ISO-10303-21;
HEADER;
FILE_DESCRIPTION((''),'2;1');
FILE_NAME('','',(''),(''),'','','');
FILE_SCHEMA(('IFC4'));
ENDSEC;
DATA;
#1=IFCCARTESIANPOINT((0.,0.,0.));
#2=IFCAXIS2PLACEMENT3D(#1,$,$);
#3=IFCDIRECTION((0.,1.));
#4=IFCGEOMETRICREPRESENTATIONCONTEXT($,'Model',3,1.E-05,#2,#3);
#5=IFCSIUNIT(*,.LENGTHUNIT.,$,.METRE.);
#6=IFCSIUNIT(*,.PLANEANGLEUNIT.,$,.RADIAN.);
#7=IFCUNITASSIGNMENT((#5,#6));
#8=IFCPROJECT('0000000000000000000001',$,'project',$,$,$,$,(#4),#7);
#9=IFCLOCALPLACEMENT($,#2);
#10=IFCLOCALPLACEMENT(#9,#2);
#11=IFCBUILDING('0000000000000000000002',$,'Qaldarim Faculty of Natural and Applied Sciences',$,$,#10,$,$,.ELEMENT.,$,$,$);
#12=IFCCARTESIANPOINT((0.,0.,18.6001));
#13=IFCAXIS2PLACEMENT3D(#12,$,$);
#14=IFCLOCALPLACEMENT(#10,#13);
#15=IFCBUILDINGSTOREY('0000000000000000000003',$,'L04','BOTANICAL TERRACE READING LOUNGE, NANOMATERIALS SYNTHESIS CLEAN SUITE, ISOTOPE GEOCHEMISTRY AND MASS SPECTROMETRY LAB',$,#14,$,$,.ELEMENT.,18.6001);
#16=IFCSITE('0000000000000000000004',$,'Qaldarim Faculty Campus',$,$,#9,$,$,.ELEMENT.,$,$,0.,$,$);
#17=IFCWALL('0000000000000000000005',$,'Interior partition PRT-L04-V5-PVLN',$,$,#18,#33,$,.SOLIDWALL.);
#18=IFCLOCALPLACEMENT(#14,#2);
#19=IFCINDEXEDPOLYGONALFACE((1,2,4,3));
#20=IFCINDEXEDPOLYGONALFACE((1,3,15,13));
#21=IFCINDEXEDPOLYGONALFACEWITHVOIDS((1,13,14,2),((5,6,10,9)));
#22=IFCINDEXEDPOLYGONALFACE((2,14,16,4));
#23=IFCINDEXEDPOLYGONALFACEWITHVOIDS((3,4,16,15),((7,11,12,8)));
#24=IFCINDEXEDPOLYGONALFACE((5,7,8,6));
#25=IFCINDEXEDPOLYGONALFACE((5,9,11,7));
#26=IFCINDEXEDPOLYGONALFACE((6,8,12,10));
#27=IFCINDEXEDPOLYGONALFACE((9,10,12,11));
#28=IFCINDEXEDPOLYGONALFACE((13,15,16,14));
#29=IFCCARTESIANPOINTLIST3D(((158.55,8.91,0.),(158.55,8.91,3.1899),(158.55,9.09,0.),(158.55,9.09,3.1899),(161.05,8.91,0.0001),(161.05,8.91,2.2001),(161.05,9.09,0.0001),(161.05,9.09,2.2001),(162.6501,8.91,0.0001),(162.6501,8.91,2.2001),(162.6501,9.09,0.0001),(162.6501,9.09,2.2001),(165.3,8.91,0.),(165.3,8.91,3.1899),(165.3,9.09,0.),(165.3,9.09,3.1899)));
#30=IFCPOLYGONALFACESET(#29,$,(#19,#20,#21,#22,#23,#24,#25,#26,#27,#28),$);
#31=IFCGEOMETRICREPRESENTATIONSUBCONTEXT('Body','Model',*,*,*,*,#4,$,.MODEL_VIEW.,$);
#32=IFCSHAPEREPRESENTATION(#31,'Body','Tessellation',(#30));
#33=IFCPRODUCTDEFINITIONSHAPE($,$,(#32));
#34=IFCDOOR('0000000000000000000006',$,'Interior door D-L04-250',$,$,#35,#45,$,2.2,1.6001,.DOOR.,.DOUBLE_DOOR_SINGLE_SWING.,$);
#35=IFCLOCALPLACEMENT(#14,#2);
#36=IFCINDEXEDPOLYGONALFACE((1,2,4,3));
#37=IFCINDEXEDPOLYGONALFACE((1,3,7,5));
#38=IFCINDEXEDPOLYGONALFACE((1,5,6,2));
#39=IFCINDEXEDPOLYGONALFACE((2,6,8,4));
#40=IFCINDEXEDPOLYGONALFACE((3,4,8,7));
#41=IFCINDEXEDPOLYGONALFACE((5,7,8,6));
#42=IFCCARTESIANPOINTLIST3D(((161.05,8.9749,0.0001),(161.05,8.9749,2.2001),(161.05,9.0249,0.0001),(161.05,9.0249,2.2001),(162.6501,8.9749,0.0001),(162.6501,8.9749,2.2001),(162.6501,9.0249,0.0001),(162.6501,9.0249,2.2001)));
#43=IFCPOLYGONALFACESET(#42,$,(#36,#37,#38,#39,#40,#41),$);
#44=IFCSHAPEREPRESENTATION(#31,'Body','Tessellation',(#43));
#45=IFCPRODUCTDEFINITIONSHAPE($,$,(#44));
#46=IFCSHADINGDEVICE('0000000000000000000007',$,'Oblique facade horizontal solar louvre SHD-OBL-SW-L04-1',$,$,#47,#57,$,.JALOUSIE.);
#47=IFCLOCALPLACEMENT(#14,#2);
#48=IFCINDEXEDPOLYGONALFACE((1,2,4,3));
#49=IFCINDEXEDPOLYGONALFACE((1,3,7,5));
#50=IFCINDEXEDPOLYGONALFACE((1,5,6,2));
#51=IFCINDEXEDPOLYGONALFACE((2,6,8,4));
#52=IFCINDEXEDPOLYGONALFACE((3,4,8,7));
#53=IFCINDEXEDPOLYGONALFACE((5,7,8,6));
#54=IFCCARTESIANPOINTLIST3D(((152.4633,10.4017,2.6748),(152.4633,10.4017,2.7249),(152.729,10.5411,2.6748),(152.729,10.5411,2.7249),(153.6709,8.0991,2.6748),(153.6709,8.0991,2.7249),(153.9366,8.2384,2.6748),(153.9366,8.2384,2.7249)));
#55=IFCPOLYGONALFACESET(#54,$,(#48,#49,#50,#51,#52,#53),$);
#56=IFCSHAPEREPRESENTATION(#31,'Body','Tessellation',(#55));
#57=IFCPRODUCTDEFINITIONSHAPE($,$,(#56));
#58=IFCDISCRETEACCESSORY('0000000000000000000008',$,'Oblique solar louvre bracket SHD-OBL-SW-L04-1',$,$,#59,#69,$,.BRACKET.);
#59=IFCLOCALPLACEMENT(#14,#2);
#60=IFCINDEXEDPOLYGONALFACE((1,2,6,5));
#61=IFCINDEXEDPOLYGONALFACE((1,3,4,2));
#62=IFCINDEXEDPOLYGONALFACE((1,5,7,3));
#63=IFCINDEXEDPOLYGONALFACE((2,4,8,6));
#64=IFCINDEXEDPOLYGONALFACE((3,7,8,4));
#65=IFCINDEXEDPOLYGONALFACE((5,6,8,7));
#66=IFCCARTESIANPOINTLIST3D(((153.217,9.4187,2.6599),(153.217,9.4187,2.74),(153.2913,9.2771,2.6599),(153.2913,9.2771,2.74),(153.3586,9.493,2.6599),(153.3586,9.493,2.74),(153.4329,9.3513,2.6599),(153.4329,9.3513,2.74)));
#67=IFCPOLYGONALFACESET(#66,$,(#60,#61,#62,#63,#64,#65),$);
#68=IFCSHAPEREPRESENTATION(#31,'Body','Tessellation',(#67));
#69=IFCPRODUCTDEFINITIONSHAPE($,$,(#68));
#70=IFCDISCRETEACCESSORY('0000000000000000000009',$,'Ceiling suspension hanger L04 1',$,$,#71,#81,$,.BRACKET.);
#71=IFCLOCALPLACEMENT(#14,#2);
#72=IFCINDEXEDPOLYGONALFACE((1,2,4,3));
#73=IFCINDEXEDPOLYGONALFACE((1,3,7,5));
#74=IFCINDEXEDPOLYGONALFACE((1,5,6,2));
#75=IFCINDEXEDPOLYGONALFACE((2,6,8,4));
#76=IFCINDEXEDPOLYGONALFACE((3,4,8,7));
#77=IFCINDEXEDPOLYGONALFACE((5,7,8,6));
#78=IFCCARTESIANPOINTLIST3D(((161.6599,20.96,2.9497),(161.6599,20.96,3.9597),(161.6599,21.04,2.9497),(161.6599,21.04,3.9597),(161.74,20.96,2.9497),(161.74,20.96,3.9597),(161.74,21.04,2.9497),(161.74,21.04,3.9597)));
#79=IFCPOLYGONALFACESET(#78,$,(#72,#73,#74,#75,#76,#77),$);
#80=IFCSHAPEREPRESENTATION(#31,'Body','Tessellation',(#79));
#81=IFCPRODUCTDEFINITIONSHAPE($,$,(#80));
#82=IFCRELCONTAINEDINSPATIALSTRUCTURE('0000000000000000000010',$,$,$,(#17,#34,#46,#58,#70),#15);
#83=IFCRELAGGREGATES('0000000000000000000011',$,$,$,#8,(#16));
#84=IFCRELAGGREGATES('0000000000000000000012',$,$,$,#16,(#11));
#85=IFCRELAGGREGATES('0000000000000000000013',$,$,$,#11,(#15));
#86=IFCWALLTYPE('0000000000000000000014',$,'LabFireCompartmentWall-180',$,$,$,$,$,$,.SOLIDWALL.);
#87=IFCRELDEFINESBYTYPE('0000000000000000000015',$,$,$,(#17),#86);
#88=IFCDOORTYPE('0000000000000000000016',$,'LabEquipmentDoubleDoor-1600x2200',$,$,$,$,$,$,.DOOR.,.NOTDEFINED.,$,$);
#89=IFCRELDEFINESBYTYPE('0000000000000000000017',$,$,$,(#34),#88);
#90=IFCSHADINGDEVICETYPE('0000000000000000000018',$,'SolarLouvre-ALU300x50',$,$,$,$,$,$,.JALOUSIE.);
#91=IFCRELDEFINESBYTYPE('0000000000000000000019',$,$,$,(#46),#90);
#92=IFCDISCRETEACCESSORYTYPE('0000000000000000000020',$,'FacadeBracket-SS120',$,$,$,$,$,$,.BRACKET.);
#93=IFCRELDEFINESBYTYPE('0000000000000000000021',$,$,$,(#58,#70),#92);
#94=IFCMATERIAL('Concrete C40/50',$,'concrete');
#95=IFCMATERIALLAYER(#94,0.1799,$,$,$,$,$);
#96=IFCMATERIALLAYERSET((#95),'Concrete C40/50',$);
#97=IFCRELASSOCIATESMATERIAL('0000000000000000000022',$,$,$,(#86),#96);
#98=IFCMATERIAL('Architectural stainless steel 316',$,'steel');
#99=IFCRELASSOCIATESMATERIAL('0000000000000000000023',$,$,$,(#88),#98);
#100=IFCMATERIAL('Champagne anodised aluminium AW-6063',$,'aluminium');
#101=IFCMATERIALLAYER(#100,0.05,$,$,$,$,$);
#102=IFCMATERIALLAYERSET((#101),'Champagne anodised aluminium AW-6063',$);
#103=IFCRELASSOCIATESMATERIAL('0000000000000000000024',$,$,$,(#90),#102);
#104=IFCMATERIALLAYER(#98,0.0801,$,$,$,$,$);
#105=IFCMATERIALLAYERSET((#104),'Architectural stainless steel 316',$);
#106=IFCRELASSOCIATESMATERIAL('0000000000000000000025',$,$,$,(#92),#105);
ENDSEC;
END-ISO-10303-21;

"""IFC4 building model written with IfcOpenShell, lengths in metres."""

from ifc_helpers import new_model, si_unit, direction, frame, frame_2d, origin, origin_2d, place, context, subcontext, project, spatial, rectangle, extrude, material, layer, layer_set, type_object, element, fill, save


model = new_model("IFC4")

# Units and contexts
model_context = context("Model", 3, precision=1e-05, world=origin(), true_north=direction((0.0, 1.0)))
body_context = subcontext(model_context, "Body", "Model", "MODEL_VIEW")
ifc_project = project(units=[si_unit("LENGTHUNIT", "METRE"), si_unit("PLANEANGLEUNIT", "RADIAN")], contexts=[model_context])

# Site, building, storey
site_placement = place(None, origin())
site = spatial("IfcSite", under=ifc_project, at=site_placement, Name="Qaldarim Faculty Campus", CompositionType="ELEMENT", RefElevation=0.0)
building_placement = place(site_placement, origin())
building = spatial("IfcBuilding", under=site, at=building_placement, Name="Qaldarim Faculty of Natural and Applied Sciences", CompositionType="ELEMENT")
storey_placement = place(building_placement, frame((0.0, 0.0, 18.6001)))
storey = spatial("IfcBuildingStorey", under=building, at=storey_placement, Name="L04", Description="BOTANICAL TERRACE READING LOUNGE, NANOMATERIALS SYNTHESIS CLEAN SUITE, ISOTOPE GEOCHEMISTRY AND MASS SPECTROMETRY LAB", CompositionType="ELEMENT", Elevation=18.6001)

# Shared definitions
ifc_material_1 = material(Name="Concrete C40/50", Category="concrete")

# Wall, opening, door
ifc_layer_1 = layer(ifc_material_1, 0.1799)
ifc_layer_set_1 = layer_set([ifc_layer_1], Name="Concrete C40/50")
wall_type_1 = type_object("IfcWallType", Name="LabFireCompartmentWall-180", PredefinedType="SOLIDWALL", material=ifc_layer_set_1)
wall_1_placement = place(storey_placement, frame((158.55, 9.0, 0.0), z_axis=(0.0, 0.0, 1.0), x_axis=(1.0, 0.0, 0.0)))
wall_1 = element("IfcWall", 1, at=wall_1_placement, inside=storey, type_object=wall_type_1, Name="Interior partition PRT-L04-V5-PVLN", PredefinedType="SOLIDWALL", context=body_context, shape_type="SweptSolid", body=[
    extrude(rectangle(XDim=6.75, YDim=0.1799, at=frame_2d((3.375, 0.0))), origin(), (0.0, 0.0, 1.0), 3.1899),
])
opening_1_placement = place(wall_1_placement, frame((2.5, 0.0, 0.0)))
opening_1 = element("IfcOpeningElement", 2, at=opening_1_placement, cuts=wall_1, PredefinedType="OPENING", context=body_context, shape_type="SweptSolid", body=[
    extrude(rectangle(XDim=1.6001, YDim=2.2, at=frame_2d((0.8, 1.1001))), frame((0.0, 0.0999, 0.0), z_axis=(0.0, -1.0, 0.0), x_axis=(1.0, 0.0, 0.0)), (0.0, 0.0, 1.0), 0.2),
])
ifc_material_2 = material(Name="Architectural stainless steel 316", Category="steel")
door_type_1 = type_object("IfcDoorType", Name="LabEquipmentDoubleDoor-1600x2200", OperationType="NOTDEFINED", PredefinedType="DOOR", material=ifc_material_2)
door_1_placement = place(opening_1_placement, origin())
door_1 = element("IfcDoor", 3, at=door_1_placement, inside=storey, type_object=door_type_1, Name="Interior door D-L04-250", OperationType="DOUBLE_DOOR_SINGLE_SWING", OverallHeight=2.2, OverallWidth=1.6001, PredefinedType="DOOR", context=body_context, shape_type="SweptSolid", body=[
    extrude(rectangle(XDim=1.6001, YDim=2.2, at=frame_2d((0.8, 1.1001))), frame((0.0, 0.0249, 0.0), z_axis=(0.0, -1.0, 0.0), x_axis=(1.0, 0.0, 0.0)), (0.0, 0.0, 1.0), 0.05),
])
fill(opening_1, door_1)

# Shading device
ifc_material_3 = material(Name="Champagne anodised aluminium AW-6063", Category="aluminium")
ifc_layer_2 = layer(ifc_material_3, 0.05)
ifc_layer_set_2 = layer_set([ifc_layer_2], Name="Champagne anodised aluminium AW-6063")
shading_device_type = type_object("IfcShadingDeviceType", Name="SolarLouvre-ALU300x50", PredefinedType="JALOUSIE", material=ifc_layer_set_2)
shading_device_placement = place(storey_placement, frame((153.2, 9.3201, 2.6748), z_axis=(0.0, 0.0, 1.0), x_axis=(0.464471, -0.885588, 0.0)))
element("IfcShadingDevice", 4, at=shading_device_placement, inside=storey, type_object=shading_device_type, Name="Oblique facade horizontal solar louvre SHD-OBL-SW-L04-1", PredefinedType="JALOUSIE", context=body_context, shape_type="SweptSolid", body=[
    extrude(rectangle(XDim=2.6001, YDim=0.3, at=origin_2d()), origin(), (0.0, 0.0, 1.0), 0.05),
])

# Discrete accessories
ifc_layer_3 = layer(ifc_material_2, 0.0801)
ifc_layer_set_3 = layer_set([ifc_layer_3], Name="Architectural stainless steel 316")
discrete_accessory_type = type_object("IfcDiscreteAccessoryType", Name="FacadeBracket-SS120", PredefinedType="BRACKET", material=ifc_layer_set_3)
discrete_accessory_1_placement = place(storey_placement, frame((153.325, 9.385, 2.6599), z_axis=(0.0, 0.0, 1.0), x_axis=(0.464471, -0.885588, 0.0)))
element("IfcDiscreteAccessory", 5, at=discrete_accessory_1_placement, inside=storey, type_object=discrete_accessory_type, Name="Oblique solar louvre bracket SHD-OBL-SW-L04-1", PredefinedType="BRACKET", context=body_context, shape_type="SweptSolid", body=[
    extrude(rectangle(XDim=0.1599, YDim=0.1599, at=origin_2d()), origin(), (0.0, 0.0, 1.0), 0.0801),
])
discrete_accessory_2_placement = place(storey_placement, frame((161.7, 21.0, 2.9497), z_axis=(0.0, 0.0, 1.0), x_axis=(1.0, 0.0, 0.0)))
element("IfcDiscreteAccessory", 6, at=discrete_accessory_2_placement, inside=storey, type_object=discrete_accessory_type, Name="Ceiling suspension hanger L04 1", PredefinedType="BRACKET", context=body_context, shape_type="SweptSolid", body=[
    extrude(rectangle(XDim=0.0801, YDim=0.0801, at=origin_2d()), origin(), (0.0, 0.0, 1.0), 1.01),
])

save(model, "model.ifc")
